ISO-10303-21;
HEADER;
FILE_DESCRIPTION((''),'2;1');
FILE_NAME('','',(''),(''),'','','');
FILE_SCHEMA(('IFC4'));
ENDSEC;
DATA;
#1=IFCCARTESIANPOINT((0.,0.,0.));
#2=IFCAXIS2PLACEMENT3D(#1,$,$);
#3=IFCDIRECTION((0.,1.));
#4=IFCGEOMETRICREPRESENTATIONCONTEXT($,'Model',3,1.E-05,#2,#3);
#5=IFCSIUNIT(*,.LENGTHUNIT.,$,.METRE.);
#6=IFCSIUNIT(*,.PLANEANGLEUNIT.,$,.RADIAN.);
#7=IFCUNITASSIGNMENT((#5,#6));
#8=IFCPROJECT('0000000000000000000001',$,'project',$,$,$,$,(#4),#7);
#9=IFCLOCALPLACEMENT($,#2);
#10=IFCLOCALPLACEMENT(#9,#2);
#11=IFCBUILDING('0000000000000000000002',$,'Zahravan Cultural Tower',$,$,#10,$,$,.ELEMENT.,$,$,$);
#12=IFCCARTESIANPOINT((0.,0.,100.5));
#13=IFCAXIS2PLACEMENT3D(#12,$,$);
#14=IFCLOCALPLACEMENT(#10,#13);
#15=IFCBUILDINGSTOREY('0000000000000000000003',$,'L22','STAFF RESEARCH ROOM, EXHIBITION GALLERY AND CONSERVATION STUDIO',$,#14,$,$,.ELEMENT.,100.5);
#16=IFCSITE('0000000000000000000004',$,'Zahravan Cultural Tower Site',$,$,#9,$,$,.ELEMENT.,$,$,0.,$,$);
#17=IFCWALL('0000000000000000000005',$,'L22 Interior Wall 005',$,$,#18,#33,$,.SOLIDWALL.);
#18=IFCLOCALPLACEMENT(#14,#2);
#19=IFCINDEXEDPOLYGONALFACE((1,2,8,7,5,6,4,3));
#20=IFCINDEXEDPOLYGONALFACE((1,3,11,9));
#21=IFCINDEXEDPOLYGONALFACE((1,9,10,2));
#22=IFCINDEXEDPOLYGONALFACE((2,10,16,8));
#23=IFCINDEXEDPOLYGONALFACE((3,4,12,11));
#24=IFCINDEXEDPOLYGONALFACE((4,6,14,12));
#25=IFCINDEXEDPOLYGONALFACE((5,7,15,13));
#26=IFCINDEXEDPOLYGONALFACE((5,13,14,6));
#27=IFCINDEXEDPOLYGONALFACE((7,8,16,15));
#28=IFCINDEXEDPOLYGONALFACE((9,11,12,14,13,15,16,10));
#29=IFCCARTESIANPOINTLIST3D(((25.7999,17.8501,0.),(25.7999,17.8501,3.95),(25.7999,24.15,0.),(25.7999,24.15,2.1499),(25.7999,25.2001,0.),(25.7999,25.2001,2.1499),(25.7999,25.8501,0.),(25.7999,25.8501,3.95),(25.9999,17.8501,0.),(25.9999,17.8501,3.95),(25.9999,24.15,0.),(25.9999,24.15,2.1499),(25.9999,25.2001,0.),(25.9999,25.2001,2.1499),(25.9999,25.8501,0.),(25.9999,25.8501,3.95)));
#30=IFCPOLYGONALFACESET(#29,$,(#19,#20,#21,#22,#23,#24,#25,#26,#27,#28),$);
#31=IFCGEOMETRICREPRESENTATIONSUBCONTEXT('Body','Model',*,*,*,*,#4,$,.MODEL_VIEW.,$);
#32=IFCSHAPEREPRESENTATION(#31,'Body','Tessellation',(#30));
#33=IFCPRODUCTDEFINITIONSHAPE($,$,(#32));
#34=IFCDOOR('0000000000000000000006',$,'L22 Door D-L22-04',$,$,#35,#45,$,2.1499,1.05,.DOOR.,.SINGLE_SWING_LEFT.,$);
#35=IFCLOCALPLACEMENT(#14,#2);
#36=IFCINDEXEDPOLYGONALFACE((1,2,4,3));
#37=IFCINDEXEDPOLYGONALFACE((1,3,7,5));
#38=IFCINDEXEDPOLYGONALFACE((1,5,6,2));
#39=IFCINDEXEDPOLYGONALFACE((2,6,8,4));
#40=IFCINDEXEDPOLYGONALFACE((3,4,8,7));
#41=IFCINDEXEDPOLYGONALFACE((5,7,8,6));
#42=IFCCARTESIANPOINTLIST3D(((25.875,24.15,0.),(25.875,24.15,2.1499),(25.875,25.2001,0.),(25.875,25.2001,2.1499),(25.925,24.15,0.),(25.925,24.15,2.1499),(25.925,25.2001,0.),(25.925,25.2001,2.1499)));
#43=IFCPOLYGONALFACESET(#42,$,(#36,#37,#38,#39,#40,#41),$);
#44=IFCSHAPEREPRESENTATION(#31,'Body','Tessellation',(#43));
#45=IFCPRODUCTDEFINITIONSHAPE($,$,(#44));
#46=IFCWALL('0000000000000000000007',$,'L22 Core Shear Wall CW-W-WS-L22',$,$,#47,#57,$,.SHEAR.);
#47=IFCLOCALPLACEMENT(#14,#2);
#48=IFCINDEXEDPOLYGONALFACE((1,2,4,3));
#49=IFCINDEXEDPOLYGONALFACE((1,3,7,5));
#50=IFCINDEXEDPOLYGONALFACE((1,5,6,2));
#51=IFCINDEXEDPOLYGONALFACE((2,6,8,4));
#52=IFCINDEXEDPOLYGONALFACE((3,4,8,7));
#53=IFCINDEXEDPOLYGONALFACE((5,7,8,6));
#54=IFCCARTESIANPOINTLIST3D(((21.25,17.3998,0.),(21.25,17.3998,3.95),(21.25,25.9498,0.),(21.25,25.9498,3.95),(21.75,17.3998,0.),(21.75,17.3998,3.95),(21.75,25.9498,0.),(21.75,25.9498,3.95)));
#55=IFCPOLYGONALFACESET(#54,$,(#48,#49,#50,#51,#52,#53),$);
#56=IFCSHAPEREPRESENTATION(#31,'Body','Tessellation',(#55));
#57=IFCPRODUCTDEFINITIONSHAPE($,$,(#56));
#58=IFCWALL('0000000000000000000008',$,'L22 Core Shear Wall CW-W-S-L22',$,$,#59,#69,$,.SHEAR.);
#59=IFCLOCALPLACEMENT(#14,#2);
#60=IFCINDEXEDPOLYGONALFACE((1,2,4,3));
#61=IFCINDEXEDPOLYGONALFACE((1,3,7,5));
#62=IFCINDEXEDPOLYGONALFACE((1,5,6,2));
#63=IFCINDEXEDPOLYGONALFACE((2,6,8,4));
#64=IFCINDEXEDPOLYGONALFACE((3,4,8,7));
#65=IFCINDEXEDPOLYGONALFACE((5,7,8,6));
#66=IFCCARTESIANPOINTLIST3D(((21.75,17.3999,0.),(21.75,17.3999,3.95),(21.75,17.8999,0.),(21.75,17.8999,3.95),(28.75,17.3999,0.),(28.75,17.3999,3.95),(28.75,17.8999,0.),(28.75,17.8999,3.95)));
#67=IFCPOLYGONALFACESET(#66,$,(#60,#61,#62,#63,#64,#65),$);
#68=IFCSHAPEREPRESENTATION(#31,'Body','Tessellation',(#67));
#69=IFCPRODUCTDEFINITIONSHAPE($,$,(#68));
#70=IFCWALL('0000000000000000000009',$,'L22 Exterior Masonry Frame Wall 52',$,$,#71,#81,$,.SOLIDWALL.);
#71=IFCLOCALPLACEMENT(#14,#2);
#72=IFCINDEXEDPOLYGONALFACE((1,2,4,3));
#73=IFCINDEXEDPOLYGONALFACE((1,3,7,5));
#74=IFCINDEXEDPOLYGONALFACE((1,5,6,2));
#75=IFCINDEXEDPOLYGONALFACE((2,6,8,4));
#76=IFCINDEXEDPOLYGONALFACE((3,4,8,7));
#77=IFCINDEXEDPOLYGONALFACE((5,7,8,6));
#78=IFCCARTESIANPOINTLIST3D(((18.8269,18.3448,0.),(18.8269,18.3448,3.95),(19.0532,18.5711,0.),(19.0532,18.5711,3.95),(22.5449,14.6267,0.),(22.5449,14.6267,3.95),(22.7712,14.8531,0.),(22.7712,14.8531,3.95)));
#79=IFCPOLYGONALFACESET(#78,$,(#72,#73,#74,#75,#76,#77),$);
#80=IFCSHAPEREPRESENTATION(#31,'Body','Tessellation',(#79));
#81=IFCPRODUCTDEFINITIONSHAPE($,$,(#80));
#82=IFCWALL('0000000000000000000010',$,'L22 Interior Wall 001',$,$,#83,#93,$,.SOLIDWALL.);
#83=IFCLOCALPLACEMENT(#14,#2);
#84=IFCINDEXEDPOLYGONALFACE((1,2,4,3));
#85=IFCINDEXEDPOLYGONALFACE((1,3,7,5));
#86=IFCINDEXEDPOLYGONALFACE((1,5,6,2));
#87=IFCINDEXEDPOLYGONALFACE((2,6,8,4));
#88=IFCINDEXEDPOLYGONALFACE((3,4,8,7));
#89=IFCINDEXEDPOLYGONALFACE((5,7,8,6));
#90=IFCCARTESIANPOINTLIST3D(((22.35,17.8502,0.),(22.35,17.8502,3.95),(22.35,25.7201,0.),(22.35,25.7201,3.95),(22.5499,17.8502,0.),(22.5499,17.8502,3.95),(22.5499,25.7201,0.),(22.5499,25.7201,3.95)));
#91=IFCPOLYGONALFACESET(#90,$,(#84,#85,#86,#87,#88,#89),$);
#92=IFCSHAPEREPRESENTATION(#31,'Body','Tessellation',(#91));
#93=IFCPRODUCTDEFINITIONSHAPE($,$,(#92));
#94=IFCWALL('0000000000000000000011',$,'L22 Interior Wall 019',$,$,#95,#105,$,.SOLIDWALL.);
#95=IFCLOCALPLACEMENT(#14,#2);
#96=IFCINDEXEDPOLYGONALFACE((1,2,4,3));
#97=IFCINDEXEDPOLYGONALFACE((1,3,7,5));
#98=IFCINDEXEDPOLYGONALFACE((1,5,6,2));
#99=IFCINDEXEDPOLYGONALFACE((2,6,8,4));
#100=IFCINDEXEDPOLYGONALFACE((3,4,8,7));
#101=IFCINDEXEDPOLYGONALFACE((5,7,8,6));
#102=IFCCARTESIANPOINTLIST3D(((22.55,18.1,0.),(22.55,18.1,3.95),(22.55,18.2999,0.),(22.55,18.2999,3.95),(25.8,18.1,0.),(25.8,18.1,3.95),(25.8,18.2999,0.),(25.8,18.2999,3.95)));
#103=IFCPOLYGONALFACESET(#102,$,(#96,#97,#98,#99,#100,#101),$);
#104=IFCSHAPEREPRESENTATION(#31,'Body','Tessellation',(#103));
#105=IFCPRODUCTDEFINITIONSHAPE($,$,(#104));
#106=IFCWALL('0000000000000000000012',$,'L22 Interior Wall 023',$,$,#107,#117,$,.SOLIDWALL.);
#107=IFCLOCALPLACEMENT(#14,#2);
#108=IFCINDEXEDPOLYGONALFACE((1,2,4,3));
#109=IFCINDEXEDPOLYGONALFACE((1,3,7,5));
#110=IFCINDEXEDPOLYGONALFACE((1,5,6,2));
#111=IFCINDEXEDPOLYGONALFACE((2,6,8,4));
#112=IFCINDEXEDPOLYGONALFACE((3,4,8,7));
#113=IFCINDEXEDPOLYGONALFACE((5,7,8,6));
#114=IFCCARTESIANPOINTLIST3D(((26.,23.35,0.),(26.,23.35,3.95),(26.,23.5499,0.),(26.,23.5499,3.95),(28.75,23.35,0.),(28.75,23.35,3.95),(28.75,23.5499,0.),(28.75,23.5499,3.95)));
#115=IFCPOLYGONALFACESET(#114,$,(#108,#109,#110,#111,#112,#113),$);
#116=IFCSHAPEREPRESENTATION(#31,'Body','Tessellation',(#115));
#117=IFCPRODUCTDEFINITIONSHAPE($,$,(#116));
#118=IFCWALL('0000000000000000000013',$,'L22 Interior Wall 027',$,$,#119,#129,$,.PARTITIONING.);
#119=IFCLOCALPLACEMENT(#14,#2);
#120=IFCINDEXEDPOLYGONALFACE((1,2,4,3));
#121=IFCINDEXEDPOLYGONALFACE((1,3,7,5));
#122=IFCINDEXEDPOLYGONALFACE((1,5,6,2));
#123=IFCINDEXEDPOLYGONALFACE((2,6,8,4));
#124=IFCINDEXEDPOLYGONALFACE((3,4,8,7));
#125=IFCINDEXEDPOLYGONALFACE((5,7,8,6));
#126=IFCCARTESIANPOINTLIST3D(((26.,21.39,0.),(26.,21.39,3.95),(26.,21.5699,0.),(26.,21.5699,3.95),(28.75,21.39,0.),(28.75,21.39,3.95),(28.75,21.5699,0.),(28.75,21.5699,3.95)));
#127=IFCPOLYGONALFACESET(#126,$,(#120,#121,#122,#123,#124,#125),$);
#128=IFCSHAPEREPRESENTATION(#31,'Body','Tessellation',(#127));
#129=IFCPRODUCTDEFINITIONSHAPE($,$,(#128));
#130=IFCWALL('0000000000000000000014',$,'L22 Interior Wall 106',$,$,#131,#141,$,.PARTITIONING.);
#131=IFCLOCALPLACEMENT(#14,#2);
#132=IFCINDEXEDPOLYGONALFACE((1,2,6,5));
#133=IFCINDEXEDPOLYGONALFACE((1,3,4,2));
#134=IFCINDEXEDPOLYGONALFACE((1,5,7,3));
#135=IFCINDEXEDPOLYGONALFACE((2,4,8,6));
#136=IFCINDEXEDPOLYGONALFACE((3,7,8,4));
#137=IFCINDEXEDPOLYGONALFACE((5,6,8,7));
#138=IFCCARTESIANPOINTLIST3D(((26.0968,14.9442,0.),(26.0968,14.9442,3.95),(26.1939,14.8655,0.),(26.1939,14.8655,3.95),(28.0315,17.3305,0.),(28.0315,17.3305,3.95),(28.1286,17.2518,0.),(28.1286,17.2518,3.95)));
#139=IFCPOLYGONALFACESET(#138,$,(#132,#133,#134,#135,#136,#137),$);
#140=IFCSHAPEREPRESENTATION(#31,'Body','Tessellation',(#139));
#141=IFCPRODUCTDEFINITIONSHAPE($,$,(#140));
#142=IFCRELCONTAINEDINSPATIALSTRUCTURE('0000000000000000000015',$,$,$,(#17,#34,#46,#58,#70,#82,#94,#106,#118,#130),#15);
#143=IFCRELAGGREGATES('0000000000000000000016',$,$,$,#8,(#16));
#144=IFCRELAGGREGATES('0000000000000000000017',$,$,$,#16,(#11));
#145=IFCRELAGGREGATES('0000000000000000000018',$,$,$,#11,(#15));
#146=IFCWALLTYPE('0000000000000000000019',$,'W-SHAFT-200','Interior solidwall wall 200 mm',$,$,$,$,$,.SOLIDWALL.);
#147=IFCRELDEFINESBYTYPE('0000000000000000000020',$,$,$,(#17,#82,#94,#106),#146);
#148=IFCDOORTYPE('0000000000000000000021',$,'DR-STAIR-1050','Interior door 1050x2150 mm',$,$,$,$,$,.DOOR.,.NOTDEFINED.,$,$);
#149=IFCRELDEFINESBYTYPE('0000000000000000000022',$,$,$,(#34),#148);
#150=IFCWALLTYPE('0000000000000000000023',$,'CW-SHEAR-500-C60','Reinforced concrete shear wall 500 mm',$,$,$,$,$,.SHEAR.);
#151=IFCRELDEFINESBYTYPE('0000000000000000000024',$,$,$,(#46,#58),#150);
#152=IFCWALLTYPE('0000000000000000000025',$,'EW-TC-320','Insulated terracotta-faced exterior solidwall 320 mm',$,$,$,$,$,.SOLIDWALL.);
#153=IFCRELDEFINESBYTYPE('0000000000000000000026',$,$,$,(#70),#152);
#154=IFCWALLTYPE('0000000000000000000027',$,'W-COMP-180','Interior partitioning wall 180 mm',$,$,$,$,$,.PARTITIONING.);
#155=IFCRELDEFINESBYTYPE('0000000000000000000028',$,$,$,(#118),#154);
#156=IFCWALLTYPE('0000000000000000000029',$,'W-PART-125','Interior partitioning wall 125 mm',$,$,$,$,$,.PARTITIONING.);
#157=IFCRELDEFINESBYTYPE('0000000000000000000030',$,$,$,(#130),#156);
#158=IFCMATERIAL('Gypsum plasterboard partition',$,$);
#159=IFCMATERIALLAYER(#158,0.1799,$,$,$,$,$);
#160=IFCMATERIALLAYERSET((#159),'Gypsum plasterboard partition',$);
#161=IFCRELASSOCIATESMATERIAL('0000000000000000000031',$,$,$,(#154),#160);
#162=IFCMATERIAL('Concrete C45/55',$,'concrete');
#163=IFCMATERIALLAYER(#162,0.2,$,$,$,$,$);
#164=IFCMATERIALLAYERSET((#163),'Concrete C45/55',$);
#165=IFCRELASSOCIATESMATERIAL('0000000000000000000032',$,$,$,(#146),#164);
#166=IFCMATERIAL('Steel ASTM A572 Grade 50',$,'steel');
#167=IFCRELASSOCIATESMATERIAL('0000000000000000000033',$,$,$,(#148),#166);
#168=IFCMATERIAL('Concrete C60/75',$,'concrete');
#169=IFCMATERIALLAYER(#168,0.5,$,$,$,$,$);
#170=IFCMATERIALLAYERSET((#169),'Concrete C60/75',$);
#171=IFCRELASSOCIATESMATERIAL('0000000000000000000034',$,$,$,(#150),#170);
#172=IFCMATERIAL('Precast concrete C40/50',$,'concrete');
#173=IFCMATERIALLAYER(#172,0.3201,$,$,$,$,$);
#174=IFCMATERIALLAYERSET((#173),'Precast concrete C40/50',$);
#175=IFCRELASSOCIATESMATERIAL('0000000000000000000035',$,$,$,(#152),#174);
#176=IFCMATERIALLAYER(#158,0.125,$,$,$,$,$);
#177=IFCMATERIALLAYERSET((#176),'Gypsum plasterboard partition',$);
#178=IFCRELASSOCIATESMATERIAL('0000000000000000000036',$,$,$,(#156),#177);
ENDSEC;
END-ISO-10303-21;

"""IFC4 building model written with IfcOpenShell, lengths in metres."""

from ifc_helpers import new_model, si_unit, direction, frame, frame_2d, origin, place, context, subcontext, project, spatial, rectangle, extrude, source, transform, mapped, material, layer, layer_set, type_object, element, fill, save


model = new_model("IFC4")

# Units and contexts
model_context = context("Model", 3, precision=1e-05, world=origin(), true_north=direction((0.0, 1.0)))
body_context = subcontext(model_context, "Body", "Model", "MODEL_VIEW")
ifc_project = project(units=[si_unit("LENGTHUNIT", "METRE"), si_unit("PLANEANGLEUNIT", "RADIAN")], contexts=[model_context])

# Site, building, storey
site_placement = place(None, origin())
site = spatial("IfcSite", under=ifc_project, at=site_placement, Name="Zahravan Cultural Tower Site", CompositionType="ELEMENT", RefElevation=0.0)
building_placement = place(site_placement, origin())
building = spatial("IfcBuilding", under=site, at=building_placement, Name="Zahravan Cultural Tower", CompositionType="ELEMENT")
storey_placement = place(building_placement, frame((0.0, 0.0, 100.5)))
storey = spatial("IfcBuildingStorey", under=building, at=storey_placement, Name="L22", Description="STAFF RESEARCH ROOM, EXHIBITION GALLERY AND CONSERVATION STUDIO", CompositionType="ELEMENT", Elevation=100.5)

# Shared definitions
ifc_material_1 = material(Name="Concrete C60/75", Category="concrete")

# Wall, opening, door
ifc_material_2 = material(Name="Gypsum plasterboard partition")
ifc_layer_1 = layer(ifc_material_2, 0.1799)
ifc_layer_set_1 = layer_set([ifc_layer_1], Name="Gypsum plasterboard partition")
wall_type_1 = type_object("IfcWallType", Name="W-COMP-180", Description="Interior partitioning wall 180 mm", PredefinedType="PARTITIONING", material=ifc_layer_set_1)
ifc_material_3 = material(Name="Steel ASTM A572 Grade 50", Category="steel")
ifc_material_4 = material(Name="Concrete C45/55", Category="concrete")
ifc_layer_2 = layer(ifc_material_4, 0.2)
ifc_layer_set_2 = layer_set([ifc_layer_2], Name="Concrete C45/55")
wall_type_2 = type_object("IfcWallType", Name="W-SHAFT-200", Description="Interior solidwall wall 200 mm", PredefinedType="SOLIDWALL", material=ifc_layer_set_2)
wall_1_placement = place(storey_placement, frame((25.8999, 17.8501, 0.0), z_axis=(0.0, 0.0, 1.0), x_axis=(0.0, 1.0, 0.0)))
wall_1 = element("IfcWall", 1, at=wall_1_placement, inside=storey, type_object=wall_type_2, Name="L22 Interior Wall 005", PredefinedType="SOLIDWALL", context=body_context, shape_type="SweptSolid", body=[
    extrude(rectangle(XDim=8.0, YDim=0.2, at=frame_2d((4.0, 0.0))), origin(), (0.0, 0.0, 1.0), 3.95),
])
opening_1_placement = place(wall_1_placement, frame((6.3, 0.0, 0.0)))
opening_1 = element("IfcOpeningElement", 2, at=opening_1_placement, cuts=wall_1, PredefinedType="OPENING", context=body_context, shape_type="SweptSolid", body=[
    extrude(rectangle(XDim=1.05, YDim=2.1499, at=frame_2d((0.5249, 1.075))), frame((0.0, 0.1099, 0.0), z_axis=(0.0, -1.0, 0.0), x_axis=(1.0, 0.0, 0.0)), (0.0, 0.0, 1.0), 0.22),
])
door_type_1 = type_object("IfcDoorType", Name="DR-STAIR-1050", Description="Interior door 1050x2150 mm", OperationType="NOTDEFINED", PredefinedType="DOOR", material=ifc_material_3)
shared_shape_1 = source(origin(), body_context, "Body", "SweptSolid", [
    extrude(rectangle(XDim=1.05, YDim=2.1499, at=frame_2d((0.5249, 1.075))), frame((0.0, 0.0249, 0.0), z_axis=(0.0, -1.0, 0.0), x_axis=(1.0, 0.0, 0.0)), (0.0, 0.0, 1.0), 0.05),
])
door_1_placement = place(opening_1_placement, origin())
door_1 = element("IfcDoor", 3, at=door_1_placement, inside=storey, type_object=door_type_1, Name="L22 Door D-L22-04", OperationType="SINGLE_SWING_LEFT", OverallHeight=2.1499, OverallWidth=1.05, PredefinedType="DOOR", context=body_context, shape_type="MappedRepresentation", body=[
    mapped(shared_shape_1, transform((0.0, 0.0, 0.0), x_axis=(1.0, 0.0, 0.0), y_axis=(0.0, 1.0, 0.0), z_axis=(0.0, 0.0, 1.0), scale=1.0)),
])
fill(opening_1, door_1)

# Walls
ifc_layer_3 = layer(ifc_material_1, 0.5)
ifc_layer_set_3 = layer_set([ifc_layer_3], Name="Concrete C60/75")
wall_type_3 = type_object("IfcWallType", Name="CW-SHEAR-500-C60", Description="Reinforced concrete shear wall 500 mm", PredefinedType="SHEAR", material=ifc_layer_set_3)
shared_shape_2 = source(origin(), body_context, "Body", "SweptSolid", [
    extrude(rectangle(XDim=8.55, YDim=0.5, at=frame_2d((4.2749, 0.0))), origin(), (0.0, 0.0, 1.0), 3.95),
])
wall_2_placement = place(storey_placement, frame((21.5, 17.3999, 0.0), z_axis=(0.0, 0.0, 1.0), x_axis=(0.0, 1.0, 0.0)))
element("IfcWall", 4, at=wall_2_placement, inside=storey, type_object=wall_type_3, Name="L22 Core Shear Wall CW-W-WS-L22", PredefinedType="SHEAR", context=body_context, shape_type="MappedRepresentation", body=[
    mapped(shared_shape_2, transform((0.0, 0.0, 0.0), x_axis=(1.0, 0.0, 0.0), y_axis=(0.0, 1.0, 0.0), z_axis=(0.0, 0.0, 1.0), scale=1.0)),
])
shared_shape_3 = source(origin(), body_context, "Body", "SweptSolid", [
    extrude(rectangle(XDim=7.0, YDim=0.5, at=frame_2d((3.5, 0.0))), origin(), (0.0, 0.0, 1.0), 3.95),
])
wall_3_placement = place(storey_placement, frame((21.75, 17.6499, 0.0), z_axis=(0.0, 0.0, 1.0), x_axis=(1.0, 0.0, 0.0)))
element("IfcWall", 5, at=wall_3_placement, inside=storey, type_object=wall_type_3, Name="L22 Core Shear Wall CW-W-S-L22", PredefinedType="SHEAR", context=body_context, shape_type="MappedRepresentation", body=[
    mapped(shared_shape_3, transform((0.0, 0.0, 0.0), x_axis=(1.0, 0.0, 0.0), y_axis=(0.0, 1.0, 0.0), z_axis=(0.0, 0.0, 1.0), scale=1.0)),
])
ifc_material_5 = material(Name="Precast concrete C40/50", Category="concrete")
ifc_layer_4 = layer(ifc_material_5, 0.3201)
ifc_layer_set_4 = layer_set([ifc_layer_4], Name="Precast concrete C40/50")
wall_type_4 = type_object("IfcWallType", Name="EW-TC-320", Description="Insulated terracotta-faced exterior solidwall 320 mm", PredefinedType="SOLIDWALL", material=ifc_layer_set_4)
shared_shape_4 = source(origin(), body_context, "Body", "SweptSolid", [
    extrude(rectangle(XDim=5.2581, YDim=0.3201, at=frame_2d((2.6289, 0.0))), origin(), (0.0, 0.0, 1.0), 3.95),
])
wall_4_placement = place(storey_placement, frame((22.658, 14.74, 0.0), z_axis=(0.0, 0.0, 1.0), x_axis=(-0.707107, 0.707107, 0.0)))
element("IfcWall", 6, at=wall_4_placement, inside=storey, type_object=wall_type_4, Name="L22 Exterior Masonry Frame Wall 52", PredefinedType="SOLIDWALL", context=body_context, shape_type="MappedRepresentation", body=[
    mapped(shared_shape_4, transform((0.0, 0.0, 0.0), x_axis=(1.0, 0.0, 0.0), y_axis=(0.0, 1.0, 0.0), z_axis=(0.0, 0.0, 1.0), scale=1.0)),
])
shared_shape_5 = source(origin(), body_context, "Body", "SweptSolid", [
    extrude(rectangle(XDim=7.8699, YDim=0.2, at=frame_2d((3.9351, 0.0))), origin(), (0.0, 0.0, 1.0), 3.95),
])
wall_5_placement = place(storey_placement, frame((22.45, 17.8501, 0.0), z_axis=(0.0, 0.0, 1.0), x_axis=(0.0, 1.0, 0.0)))
element("IfcWall", 7, at=wall_5_placement, inside=storey, type_object=wall_type_2, Name="L22 Interior Wall 001", PredefinedType="SOLIDWALL", context=body_context, shape_type="MappedRepresentation", body=[
    mapped(shared_shape_5, transform((0.0, 0.0, 0.0), x_axis=(1.0, 0.0, 0.0), y_axis=(0.0, 1.0, 0.0), z_axis=(0.0, 0.0, 1.0), scale=1.0)),
])
shared_shape_6 = source(origin(), body_context, "Body", "SweptSolid", [
    extrude(rectangle(XDim=3.25, YDim=0.2, at=frame_2d((1.625, 0.0))), origin(), (0.0, 0.0, 1.0), 3.95),
])
wall_6_placement = place(storey_placement, frame((22.55, 18.2, 0.0), z_axis=(0.0, 0.0, 1.0), x_axis=(1.0, 0.0, 0.0)))
element("IfcWall", 8, at=wall_6_placement, inside=storey, type_object=wall_type_2, Name="L22 Interior Wall 019", PredefinedType="SOLIDWALL", context=body_context, shape_type="MappedRepresentation", body=[
    mapped(shared_shape_6, transform((0.0, 0.0, 0.0), x_axis=(1.0, 0.0, 0.0), y_axis=(0.0, 1.0, 0.0), z_axis=(0.0, 0.0, 1.0), scale=1.0)),
])
shared_shape_7 = source(origin(), body_context, "Body", "SweptSolid", [
    extrude(rectangle(XDim=2.75, YDim=0.2, at=frame_2d((1.375, 0.0))), origin(), (0.0, 0.0, 1.0), 3.95),
])
wall_7_placement = place(storey_placement, frame((26.0, 23.45, 0.0), z_axis=(0.0, 0.0, 1.0), x_axis=(1.0, 0.0, 0.0)))
element("IfcWall", 9, at=wall_7_placement, inside=storey, type_object=wall_type_2, Name="L22 Interior Wall 023", PredefinedType="SOLIDWALL", context=body_context, shape_type="MappedRepresentation", body=[
    mapped(shared_shape_7, transform((0.0, 0.0, 0.0), x_axis=(1.0, 0.0, 0.0), y_axis=(0.0, 1.0, 0.0), z_axis=(0.0, 0.0, 1.0), scale=1.0)),
])
shared_shape_8 = source(origin(), body_context, "Body", "SweptSolid", [
    extrude(rectangle(XDim=2.75, YDim=0.1799, at=frame_2d((1.375, 0.0))), origin(), (0.0, 0.0, 1.0), 3.95),
])
wall_8_placement = place(storey_placement, frame((26.0, 21.48, 0.0), z_axis=(0.0, 0.0, 1.0), x_axis=(1.0, 0.0, 0.0)))
element("IfcWall", 10, at=wall_8_placement, inside=storey, type_object=wall_type_1, Name="L22 Interior Wall 027", PredefinedType="PARTITIONING", context=body_context, shape_type="MappedRepresentation", body=[
    mapped(shared_shape_8, transform((0.0, 0.0, 0.0), x_axis=(1.0, 0.0, 0.0), y_axis=(0.0, 1.0, 0.0), z_axis=(0.0, 0.0, 1.0), scale=1.0)),
])
ifc_layer_5 = layer(ifc_material_2, 0.125)
ifc_layer_set_5 = layer_set([ifc_layer_5], Name="Gypsum plasterboard partition")
wall_type_5 = type_object("IfcWallType", Name="W-PART-125", Description="Interior partitioning wall 125 mm", PredefinedType="PARTITIONING", material=ifc_layer_set_5)
shared_shape_9 = source(origin(), body_context, "Body", "SweptSolid", [
    extrude(rectangle(XDim=3.072, YDim=0.125, at=frame_2d((1.5361, 0.0))), origin(), (0.0, 0.0, 1.0), 3.95),
])
wall_9_placement = place(storey_placement, frame((28.0801, 17.2913, 0.0), z_axis=(0.0, 0.0, 1.0), x_axis=(-0.62976, -0.776789, 0.0)))
element("IfcWall", 11, at=wall_9_placement, inside=storey, type_object=wall_type_5, Name="L22 Interior Wall 106", PredefinedType="PARTITIONING", context=body_context, shape_type="MappedRepresentation", body=[
    mapped(shared_shape_9, transform((0.0, 0.0, 0.0), x_axis=(1.0, 0.0, 0.0), y_axis=(0.0, 1.0, 0.0), z_axis=(0.0, 0.0, 1.0), scale=1.0)),
])

save(model, "model.ifc")
